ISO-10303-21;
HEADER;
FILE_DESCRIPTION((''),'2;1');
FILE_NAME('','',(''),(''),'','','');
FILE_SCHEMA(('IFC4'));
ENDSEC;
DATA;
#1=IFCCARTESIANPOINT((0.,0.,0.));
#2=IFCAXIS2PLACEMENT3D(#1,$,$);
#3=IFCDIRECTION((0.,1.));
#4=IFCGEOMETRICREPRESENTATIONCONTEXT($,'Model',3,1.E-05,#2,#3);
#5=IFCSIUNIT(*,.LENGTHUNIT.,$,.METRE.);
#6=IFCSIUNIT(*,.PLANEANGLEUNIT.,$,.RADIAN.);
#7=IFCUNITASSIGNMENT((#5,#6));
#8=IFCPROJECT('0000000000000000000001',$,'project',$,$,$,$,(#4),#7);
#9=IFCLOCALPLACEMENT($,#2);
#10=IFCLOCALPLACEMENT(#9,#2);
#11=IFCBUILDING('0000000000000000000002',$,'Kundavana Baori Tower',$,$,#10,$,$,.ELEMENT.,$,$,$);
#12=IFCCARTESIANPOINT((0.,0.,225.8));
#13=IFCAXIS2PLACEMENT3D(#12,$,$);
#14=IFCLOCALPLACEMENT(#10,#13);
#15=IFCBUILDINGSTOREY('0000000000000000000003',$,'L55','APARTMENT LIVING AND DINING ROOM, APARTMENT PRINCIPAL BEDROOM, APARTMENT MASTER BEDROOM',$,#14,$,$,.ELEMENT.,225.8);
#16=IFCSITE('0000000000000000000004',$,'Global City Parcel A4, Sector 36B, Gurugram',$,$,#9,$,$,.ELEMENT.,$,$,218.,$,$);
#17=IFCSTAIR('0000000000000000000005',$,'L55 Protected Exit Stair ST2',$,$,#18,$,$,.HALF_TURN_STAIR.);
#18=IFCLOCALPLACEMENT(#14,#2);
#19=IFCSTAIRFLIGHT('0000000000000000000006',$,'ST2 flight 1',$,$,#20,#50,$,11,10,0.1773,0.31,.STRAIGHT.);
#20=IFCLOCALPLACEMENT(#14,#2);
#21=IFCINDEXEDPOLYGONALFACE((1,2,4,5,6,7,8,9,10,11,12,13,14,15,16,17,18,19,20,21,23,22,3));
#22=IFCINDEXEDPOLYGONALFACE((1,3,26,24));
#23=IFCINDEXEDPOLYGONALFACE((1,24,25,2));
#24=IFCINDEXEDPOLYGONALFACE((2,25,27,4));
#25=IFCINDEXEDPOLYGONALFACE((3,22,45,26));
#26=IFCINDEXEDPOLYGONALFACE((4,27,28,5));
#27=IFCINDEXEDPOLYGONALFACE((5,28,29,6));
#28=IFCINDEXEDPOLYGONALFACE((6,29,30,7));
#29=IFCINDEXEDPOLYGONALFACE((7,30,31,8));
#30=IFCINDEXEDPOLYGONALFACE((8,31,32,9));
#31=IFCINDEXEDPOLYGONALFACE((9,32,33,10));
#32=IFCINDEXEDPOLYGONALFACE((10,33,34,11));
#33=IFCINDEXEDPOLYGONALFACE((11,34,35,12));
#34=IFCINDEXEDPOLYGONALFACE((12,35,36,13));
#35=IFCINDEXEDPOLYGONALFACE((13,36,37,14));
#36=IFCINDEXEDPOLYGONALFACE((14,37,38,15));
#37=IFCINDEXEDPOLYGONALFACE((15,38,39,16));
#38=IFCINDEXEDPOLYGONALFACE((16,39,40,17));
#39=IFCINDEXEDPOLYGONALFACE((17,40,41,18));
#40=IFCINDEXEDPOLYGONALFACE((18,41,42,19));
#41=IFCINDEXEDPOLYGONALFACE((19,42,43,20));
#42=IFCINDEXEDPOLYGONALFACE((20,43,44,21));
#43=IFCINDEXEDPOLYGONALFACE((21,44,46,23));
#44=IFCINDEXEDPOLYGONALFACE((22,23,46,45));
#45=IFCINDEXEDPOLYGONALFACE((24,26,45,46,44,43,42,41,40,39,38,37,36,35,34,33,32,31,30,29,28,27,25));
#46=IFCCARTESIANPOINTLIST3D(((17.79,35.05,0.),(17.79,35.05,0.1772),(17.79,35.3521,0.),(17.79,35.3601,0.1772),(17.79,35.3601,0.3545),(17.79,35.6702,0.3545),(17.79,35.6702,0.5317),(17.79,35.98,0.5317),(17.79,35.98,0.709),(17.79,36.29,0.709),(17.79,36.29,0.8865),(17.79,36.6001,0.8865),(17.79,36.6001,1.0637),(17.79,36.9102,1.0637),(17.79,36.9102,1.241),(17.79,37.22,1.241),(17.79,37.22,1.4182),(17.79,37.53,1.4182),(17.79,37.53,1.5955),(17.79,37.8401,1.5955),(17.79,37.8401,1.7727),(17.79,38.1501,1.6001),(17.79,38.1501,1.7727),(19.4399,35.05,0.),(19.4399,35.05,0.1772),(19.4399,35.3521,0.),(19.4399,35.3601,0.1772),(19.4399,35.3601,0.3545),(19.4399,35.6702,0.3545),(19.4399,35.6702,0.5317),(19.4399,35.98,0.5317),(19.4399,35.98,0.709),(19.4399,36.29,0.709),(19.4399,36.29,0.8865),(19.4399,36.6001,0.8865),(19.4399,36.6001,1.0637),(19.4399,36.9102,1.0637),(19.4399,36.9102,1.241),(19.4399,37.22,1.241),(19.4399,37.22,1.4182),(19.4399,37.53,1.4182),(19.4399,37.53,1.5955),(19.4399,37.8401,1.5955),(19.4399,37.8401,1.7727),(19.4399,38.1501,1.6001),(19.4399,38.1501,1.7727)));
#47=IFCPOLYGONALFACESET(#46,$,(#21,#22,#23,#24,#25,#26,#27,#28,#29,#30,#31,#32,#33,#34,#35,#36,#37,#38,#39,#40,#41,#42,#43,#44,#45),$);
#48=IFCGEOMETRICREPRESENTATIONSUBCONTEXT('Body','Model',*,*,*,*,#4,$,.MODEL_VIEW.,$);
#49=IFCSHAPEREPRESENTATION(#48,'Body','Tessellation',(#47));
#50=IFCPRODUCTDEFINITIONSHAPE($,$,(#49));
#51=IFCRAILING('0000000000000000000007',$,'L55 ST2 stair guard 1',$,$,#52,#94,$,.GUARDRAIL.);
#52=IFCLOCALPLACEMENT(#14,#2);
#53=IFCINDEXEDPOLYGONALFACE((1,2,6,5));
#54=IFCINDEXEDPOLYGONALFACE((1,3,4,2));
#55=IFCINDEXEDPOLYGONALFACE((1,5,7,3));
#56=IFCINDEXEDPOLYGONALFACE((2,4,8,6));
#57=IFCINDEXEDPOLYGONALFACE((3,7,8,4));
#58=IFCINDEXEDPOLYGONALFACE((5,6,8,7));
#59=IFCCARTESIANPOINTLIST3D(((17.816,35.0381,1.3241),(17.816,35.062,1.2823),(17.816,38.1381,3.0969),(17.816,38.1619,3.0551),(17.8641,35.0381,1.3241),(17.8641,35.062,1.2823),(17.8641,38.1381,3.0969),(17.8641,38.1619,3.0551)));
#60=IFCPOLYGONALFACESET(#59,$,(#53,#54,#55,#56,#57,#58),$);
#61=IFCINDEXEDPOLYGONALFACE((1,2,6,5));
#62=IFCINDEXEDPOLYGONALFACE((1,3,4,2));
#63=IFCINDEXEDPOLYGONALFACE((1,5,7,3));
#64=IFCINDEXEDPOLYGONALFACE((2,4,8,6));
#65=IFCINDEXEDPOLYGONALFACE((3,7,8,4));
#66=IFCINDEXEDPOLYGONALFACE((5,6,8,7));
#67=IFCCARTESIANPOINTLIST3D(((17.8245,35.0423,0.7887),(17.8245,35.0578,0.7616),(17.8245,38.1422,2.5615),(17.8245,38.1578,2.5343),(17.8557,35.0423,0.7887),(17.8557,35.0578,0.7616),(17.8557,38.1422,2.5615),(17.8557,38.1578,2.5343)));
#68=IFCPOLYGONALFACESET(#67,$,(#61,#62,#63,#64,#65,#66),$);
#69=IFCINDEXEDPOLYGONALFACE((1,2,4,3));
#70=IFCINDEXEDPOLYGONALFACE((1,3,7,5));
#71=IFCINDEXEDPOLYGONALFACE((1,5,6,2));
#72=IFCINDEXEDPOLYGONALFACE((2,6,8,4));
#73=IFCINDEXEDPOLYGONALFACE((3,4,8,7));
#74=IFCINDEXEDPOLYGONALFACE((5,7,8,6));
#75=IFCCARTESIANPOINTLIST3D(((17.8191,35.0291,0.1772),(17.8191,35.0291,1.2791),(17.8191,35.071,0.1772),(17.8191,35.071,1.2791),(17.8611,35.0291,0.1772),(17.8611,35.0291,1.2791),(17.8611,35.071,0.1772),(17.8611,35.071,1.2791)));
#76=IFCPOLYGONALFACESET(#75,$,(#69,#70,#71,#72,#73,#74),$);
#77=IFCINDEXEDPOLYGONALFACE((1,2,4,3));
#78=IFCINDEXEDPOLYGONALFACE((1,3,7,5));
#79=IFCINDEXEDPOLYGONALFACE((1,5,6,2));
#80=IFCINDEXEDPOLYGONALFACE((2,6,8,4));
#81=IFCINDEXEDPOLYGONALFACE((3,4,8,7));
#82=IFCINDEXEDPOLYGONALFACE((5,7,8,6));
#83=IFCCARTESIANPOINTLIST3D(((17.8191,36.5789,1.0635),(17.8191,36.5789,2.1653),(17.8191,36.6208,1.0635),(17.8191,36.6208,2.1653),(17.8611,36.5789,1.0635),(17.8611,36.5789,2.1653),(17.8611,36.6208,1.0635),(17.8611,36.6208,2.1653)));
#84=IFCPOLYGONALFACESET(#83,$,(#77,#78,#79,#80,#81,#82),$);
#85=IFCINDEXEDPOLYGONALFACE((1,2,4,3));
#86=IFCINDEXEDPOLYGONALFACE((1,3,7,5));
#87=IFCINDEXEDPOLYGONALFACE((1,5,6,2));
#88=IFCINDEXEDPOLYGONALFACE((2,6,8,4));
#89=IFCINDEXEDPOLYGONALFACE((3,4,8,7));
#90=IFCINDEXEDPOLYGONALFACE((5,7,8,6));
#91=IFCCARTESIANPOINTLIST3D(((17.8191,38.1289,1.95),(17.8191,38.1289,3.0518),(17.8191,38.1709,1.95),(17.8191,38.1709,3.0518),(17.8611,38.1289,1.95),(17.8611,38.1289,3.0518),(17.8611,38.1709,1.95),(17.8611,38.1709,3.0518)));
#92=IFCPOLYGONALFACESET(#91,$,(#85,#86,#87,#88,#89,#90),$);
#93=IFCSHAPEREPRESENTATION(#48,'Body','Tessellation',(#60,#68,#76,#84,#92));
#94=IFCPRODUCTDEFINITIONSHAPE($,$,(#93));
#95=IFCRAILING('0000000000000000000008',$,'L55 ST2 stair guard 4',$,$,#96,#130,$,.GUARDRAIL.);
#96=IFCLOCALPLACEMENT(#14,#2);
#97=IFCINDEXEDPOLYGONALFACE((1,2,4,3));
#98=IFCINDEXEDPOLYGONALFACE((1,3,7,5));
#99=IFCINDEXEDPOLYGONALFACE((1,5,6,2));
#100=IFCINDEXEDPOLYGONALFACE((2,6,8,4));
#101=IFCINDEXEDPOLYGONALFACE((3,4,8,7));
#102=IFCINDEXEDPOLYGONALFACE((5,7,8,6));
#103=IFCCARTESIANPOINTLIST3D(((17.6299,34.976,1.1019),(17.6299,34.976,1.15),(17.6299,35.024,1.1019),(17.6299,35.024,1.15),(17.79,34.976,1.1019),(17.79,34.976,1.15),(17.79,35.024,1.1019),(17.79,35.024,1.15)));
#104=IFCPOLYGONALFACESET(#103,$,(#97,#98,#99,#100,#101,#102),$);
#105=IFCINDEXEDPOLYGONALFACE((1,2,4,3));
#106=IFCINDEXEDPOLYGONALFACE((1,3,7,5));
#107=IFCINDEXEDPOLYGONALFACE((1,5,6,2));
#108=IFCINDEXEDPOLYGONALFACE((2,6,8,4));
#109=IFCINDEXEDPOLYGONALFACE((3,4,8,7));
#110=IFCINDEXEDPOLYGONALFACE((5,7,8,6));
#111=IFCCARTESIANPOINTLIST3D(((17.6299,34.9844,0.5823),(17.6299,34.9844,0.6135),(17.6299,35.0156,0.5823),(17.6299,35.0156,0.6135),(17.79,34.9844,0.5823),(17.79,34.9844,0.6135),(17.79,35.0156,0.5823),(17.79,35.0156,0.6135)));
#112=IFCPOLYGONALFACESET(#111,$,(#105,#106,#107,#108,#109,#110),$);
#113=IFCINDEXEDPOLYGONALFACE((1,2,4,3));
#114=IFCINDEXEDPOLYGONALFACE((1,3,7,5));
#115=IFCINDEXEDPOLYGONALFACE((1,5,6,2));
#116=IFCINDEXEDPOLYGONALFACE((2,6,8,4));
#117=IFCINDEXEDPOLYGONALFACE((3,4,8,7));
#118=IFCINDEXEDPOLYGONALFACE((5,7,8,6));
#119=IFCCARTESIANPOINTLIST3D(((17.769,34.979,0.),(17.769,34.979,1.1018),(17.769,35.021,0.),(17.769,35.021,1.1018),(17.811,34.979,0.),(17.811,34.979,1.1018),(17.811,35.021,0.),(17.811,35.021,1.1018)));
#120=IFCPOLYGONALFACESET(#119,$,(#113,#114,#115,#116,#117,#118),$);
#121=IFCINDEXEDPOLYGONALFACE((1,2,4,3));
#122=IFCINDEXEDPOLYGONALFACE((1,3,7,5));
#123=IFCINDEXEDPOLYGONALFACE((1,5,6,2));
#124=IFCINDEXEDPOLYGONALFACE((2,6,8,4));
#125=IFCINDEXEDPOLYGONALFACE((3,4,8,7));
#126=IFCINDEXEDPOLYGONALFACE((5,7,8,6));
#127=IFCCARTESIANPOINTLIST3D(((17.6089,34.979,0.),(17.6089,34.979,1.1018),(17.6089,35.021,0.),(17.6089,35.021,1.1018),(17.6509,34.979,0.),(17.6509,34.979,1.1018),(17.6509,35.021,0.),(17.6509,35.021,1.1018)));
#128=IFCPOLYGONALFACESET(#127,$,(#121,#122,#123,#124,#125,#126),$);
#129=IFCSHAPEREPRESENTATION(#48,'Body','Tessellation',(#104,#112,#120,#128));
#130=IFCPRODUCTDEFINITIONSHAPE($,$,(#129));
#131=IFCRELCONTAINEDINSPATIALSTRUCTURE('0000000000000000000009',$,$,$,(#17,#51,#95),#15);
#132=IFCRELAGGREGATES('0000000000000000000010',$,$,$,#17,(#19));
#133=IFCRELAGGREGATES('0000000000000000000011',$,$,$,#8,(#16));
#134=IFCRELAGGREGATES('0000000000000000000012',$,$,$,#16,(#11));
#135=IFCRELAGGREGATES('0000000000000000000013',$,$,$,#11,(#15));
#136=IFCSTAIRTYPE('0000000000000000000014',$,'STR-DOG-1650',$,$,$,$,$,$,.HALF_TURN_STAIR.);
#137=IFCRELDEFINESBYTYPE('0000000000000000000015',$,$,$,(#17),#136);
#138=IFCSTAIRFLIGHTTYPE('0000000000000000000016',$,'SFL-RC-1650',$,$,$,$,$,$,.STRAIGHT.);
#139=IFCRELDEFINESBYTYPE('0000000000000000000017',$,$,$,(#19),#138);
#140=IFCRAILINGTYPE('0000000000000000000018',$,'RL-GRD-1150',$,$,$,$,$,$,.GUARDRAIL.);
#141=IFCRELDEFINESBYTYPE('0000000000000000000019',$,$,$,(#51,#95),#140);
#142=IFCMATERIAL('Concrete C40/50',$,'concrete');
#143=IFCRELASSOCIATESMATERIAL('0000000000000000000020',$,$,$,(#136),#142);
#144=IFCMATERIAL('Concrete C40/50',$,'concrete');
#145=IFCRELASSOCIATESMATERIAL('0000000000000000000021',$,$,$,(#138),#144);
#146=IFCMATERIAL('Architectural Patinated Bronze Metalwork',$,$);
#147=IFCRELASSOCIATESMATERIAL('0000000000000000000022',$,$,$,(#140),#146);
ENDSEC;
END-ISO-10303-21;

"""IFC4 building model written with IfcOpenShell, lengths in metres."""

from ifc_helpers import new_model, si_unit, direction, frame, origin, origin_2d, place, context, subcontext, project, spatial, polyline, rectangle, outline, extrude, material, type_object, element, aggregate, save


model = new_model("IFC4")

# Units and contexts
model_context = context("Model", 3, precision=1e-05, world=origin(), true_north=direction((0.0, 1.0)))
body_context = subcontext(model_context, "Body", "Model", "MODEL_VIEW")
ifc_project = project(units=[si_unit("LENGTHUNIT", "METRE"), si_unit("PLANEANGLEUNIT", "RADIAN")], contexts=[model_context])

# Site, building, storey
site_placement = place(None, origin())
site = spatial("IfcSite", under=ifc_project, at=site_placement, Name="Global City Parcel A4, Sector 36B, Gurugram", CompositionType="ELEMENT", RefElevation=218.0)
building_placement = place(site_placement, origin())
building = spatial("IfcBuilding", under=site, at=building_placement, Name="Kundavana Baori Tower", CompositionType="ELEMENT")
storey_placement = place(building_placement, frame((0.0, 0.0, 225.8)))
storey = spatial("IfcBuildingStorey", under=building, at=storey_placement, Name="L55", Description="APARTMENT LIVING AND DINING ROOM, APARTMENT PRINCIPAL BEDROOM, APARTMENT MASTER BEDROOM", CompositionType="ELEMENT", Elevation=225.8)

# Stair, stair flight
ifc_material_1 = material(Name="Concrete C40/50", Category="concrete")
stair_type = type_object("IfcStairType", Name="STR-DOG-1650", PredefinedType="HALF_TURN_STAIR", material=ifc_material_1)
stair_placement = place(storey_placement, origin())
stair = element("IfcStair", 1, at=stair_placement, inside=storey, type_object=stair_type, Name="L55 Protected Exit Stair ST2", PredefinedType="HALF_TURN_STAIR")
ifc_material_2 = material(Name="Concrete C40/50", Category="concrete")
stair_flight_type = type_object("IfcStairFlightType", Name="SFL-RC-1650", PredefinedType="STRAIGHT", material=ifc_material_2)
stair_flight_placement = place(storey_placement, frame((18.615, 35.05, 0.0), z_axis=(0.0, 0.0, 1.0), x_axis=(0.0, 1.0, 0.0)))
stair_flight = element("IfcStairFlight", 2, at=stair_flight_placement, type_object=stair_flight_type, Name="ST2 flight 1", NumberOfRisers=11, NumberOfTreads=10, PredefinedType="STRAIGHT", RiserHeight=0.1773, TreadLength=0.31, context=body_context, shape_type="SweptSolid", body=[
    extrude(outline(polyline([(0.0, 0.0), (0.0, 0.1772), (0.3101, 0.1772), (0.3101, 0.3545), (0.6201, 0.3545), (0.6201, 0.5317), (0.9299, 0.5317), (0.9299, 0.709), (1.24, 0.709), (1.24, 0.8865), (1.55, 0.8865), (1.55, 1.0637), (1.8601, 1.0637), (1.8601, 1.241), (2.1699, 1.241), (2.1699, 1.4182), (2.48, 1.4182), (2.48, 1.5955), (2.79, 1.5955), (2.79, 1.7727), (3.1001, 1.7727), (3.1001, 1.95), (3.1001, 1.6001), (0.302, 0.0), (0.0, 0.0)])), frame((0.0, 0.825, 0.0), z_axis=(0.0, -1.0, 0.0), x_axis=(1.0, 0.0, 0.0)), (0.0, 0.0, 1.0), 1.6499),
])
aggregate(stair, [stair_flight])

# Railings
ifc_material_3 = material(Name="Architectural Patinated Bronze Metalwork")
railing_type = type_object("IfcRailingType", Name="RL-GRD-1150", PredefinedType="GUARDRAIL", material=ifc_material_3)
railing_1_placement = place(storey_placement, frame((17.8401, 35.05, 0.1772)))
element("IfcRailing", 3, at=railing_1_placement, inside=storey, type_object=railing_type, Name="L55 ST2 stair guard 1", PredefinedType="GUARDRAIL", context=body_context, shape_type="SweptSolid", body=[
    extrude(rectangle(XDim=0.0481, YDim=0.0481, at=origin_2d()), frame((0.0, 0.0, 1.126), z_axis=(0.0, 0.868079, 0.496426), x_axis=(-1.0, 0.0, 0.0)), (0.0, 0.0, 1.0), 3.571),
    extrude(rectangle(XDim=0.0312, YDim=0.0312, at=origin_2d()), frame((0.0, 0.0, 0.5979), z_axis=(0.0, 0.868079, 0.496426), x_axis=(-1.0, 0.0, 0.0)), (0.0, 0.0, 1.0), 3.571),
    extrude(rectangle(XDim=0.042, YDim=0.042, at=origin_2d()), origin(), (0.0, 0.0, 1.0), 1.1018),
    extrude(rectangle(XDim=0.042, YDim=0.042, at=origin_2d()), frame((0.0, 1.5498, 0.8862)), (0.0, 0.0, 1.0), 1.1018),
    extrude(rectangle(XDim=0.042, YDim=0.042, at=origin_2d()), frame((0.0, 3.0999, 1.7727)), (0.0, 0.0, 1.0), 1.1018),
])
railing_2_placement = place(storey_placement, frame((17.79, 35.0, 0.0)))
element("IfcRailing", 4, at=railing_2_placement, inside=storey, type_object=railing_type, Name="L55 ST2 stair guard 4", PredefinedType="GUARDRAIL", context=body_context, shape_type="SweptSolid", body=[
    extrude(rectangle(XDim=0.0481, YDim=0.0481, at=origin_2d()), frame((0.0, 0.0, 1.126), z_axis=(-1.0, 0.0, 0.0), x_axis=(0.0, -1.0, 0.0)), (0.0, 0.0, 1.0), 0.1602),
    extrude(rectangle(XDim=0.0312, YDim=0.0312, at=origin_2d()), frame((0.0, 0.0, 0.5979), z_axis=(-1.0, 0.0, 0.0), x_axis=(0.0, -1.0, 0.0)), (0.0, 0.0, 1.0), 0.1602),
    extrude(rectangle(XDim=0.042, YDim=0.042, at=origin_2d()), origin(), (0.0, 0.0, 1.0), 1.1018),
    extrude(rectangle(XDim=0.042, YDim=0.042, at=origin_2d()), frame((-0.1602, 0.0, 0.0)), (0.0, 0.0, 1.0), 1.1018),
])

save(model, "model.ifc")
